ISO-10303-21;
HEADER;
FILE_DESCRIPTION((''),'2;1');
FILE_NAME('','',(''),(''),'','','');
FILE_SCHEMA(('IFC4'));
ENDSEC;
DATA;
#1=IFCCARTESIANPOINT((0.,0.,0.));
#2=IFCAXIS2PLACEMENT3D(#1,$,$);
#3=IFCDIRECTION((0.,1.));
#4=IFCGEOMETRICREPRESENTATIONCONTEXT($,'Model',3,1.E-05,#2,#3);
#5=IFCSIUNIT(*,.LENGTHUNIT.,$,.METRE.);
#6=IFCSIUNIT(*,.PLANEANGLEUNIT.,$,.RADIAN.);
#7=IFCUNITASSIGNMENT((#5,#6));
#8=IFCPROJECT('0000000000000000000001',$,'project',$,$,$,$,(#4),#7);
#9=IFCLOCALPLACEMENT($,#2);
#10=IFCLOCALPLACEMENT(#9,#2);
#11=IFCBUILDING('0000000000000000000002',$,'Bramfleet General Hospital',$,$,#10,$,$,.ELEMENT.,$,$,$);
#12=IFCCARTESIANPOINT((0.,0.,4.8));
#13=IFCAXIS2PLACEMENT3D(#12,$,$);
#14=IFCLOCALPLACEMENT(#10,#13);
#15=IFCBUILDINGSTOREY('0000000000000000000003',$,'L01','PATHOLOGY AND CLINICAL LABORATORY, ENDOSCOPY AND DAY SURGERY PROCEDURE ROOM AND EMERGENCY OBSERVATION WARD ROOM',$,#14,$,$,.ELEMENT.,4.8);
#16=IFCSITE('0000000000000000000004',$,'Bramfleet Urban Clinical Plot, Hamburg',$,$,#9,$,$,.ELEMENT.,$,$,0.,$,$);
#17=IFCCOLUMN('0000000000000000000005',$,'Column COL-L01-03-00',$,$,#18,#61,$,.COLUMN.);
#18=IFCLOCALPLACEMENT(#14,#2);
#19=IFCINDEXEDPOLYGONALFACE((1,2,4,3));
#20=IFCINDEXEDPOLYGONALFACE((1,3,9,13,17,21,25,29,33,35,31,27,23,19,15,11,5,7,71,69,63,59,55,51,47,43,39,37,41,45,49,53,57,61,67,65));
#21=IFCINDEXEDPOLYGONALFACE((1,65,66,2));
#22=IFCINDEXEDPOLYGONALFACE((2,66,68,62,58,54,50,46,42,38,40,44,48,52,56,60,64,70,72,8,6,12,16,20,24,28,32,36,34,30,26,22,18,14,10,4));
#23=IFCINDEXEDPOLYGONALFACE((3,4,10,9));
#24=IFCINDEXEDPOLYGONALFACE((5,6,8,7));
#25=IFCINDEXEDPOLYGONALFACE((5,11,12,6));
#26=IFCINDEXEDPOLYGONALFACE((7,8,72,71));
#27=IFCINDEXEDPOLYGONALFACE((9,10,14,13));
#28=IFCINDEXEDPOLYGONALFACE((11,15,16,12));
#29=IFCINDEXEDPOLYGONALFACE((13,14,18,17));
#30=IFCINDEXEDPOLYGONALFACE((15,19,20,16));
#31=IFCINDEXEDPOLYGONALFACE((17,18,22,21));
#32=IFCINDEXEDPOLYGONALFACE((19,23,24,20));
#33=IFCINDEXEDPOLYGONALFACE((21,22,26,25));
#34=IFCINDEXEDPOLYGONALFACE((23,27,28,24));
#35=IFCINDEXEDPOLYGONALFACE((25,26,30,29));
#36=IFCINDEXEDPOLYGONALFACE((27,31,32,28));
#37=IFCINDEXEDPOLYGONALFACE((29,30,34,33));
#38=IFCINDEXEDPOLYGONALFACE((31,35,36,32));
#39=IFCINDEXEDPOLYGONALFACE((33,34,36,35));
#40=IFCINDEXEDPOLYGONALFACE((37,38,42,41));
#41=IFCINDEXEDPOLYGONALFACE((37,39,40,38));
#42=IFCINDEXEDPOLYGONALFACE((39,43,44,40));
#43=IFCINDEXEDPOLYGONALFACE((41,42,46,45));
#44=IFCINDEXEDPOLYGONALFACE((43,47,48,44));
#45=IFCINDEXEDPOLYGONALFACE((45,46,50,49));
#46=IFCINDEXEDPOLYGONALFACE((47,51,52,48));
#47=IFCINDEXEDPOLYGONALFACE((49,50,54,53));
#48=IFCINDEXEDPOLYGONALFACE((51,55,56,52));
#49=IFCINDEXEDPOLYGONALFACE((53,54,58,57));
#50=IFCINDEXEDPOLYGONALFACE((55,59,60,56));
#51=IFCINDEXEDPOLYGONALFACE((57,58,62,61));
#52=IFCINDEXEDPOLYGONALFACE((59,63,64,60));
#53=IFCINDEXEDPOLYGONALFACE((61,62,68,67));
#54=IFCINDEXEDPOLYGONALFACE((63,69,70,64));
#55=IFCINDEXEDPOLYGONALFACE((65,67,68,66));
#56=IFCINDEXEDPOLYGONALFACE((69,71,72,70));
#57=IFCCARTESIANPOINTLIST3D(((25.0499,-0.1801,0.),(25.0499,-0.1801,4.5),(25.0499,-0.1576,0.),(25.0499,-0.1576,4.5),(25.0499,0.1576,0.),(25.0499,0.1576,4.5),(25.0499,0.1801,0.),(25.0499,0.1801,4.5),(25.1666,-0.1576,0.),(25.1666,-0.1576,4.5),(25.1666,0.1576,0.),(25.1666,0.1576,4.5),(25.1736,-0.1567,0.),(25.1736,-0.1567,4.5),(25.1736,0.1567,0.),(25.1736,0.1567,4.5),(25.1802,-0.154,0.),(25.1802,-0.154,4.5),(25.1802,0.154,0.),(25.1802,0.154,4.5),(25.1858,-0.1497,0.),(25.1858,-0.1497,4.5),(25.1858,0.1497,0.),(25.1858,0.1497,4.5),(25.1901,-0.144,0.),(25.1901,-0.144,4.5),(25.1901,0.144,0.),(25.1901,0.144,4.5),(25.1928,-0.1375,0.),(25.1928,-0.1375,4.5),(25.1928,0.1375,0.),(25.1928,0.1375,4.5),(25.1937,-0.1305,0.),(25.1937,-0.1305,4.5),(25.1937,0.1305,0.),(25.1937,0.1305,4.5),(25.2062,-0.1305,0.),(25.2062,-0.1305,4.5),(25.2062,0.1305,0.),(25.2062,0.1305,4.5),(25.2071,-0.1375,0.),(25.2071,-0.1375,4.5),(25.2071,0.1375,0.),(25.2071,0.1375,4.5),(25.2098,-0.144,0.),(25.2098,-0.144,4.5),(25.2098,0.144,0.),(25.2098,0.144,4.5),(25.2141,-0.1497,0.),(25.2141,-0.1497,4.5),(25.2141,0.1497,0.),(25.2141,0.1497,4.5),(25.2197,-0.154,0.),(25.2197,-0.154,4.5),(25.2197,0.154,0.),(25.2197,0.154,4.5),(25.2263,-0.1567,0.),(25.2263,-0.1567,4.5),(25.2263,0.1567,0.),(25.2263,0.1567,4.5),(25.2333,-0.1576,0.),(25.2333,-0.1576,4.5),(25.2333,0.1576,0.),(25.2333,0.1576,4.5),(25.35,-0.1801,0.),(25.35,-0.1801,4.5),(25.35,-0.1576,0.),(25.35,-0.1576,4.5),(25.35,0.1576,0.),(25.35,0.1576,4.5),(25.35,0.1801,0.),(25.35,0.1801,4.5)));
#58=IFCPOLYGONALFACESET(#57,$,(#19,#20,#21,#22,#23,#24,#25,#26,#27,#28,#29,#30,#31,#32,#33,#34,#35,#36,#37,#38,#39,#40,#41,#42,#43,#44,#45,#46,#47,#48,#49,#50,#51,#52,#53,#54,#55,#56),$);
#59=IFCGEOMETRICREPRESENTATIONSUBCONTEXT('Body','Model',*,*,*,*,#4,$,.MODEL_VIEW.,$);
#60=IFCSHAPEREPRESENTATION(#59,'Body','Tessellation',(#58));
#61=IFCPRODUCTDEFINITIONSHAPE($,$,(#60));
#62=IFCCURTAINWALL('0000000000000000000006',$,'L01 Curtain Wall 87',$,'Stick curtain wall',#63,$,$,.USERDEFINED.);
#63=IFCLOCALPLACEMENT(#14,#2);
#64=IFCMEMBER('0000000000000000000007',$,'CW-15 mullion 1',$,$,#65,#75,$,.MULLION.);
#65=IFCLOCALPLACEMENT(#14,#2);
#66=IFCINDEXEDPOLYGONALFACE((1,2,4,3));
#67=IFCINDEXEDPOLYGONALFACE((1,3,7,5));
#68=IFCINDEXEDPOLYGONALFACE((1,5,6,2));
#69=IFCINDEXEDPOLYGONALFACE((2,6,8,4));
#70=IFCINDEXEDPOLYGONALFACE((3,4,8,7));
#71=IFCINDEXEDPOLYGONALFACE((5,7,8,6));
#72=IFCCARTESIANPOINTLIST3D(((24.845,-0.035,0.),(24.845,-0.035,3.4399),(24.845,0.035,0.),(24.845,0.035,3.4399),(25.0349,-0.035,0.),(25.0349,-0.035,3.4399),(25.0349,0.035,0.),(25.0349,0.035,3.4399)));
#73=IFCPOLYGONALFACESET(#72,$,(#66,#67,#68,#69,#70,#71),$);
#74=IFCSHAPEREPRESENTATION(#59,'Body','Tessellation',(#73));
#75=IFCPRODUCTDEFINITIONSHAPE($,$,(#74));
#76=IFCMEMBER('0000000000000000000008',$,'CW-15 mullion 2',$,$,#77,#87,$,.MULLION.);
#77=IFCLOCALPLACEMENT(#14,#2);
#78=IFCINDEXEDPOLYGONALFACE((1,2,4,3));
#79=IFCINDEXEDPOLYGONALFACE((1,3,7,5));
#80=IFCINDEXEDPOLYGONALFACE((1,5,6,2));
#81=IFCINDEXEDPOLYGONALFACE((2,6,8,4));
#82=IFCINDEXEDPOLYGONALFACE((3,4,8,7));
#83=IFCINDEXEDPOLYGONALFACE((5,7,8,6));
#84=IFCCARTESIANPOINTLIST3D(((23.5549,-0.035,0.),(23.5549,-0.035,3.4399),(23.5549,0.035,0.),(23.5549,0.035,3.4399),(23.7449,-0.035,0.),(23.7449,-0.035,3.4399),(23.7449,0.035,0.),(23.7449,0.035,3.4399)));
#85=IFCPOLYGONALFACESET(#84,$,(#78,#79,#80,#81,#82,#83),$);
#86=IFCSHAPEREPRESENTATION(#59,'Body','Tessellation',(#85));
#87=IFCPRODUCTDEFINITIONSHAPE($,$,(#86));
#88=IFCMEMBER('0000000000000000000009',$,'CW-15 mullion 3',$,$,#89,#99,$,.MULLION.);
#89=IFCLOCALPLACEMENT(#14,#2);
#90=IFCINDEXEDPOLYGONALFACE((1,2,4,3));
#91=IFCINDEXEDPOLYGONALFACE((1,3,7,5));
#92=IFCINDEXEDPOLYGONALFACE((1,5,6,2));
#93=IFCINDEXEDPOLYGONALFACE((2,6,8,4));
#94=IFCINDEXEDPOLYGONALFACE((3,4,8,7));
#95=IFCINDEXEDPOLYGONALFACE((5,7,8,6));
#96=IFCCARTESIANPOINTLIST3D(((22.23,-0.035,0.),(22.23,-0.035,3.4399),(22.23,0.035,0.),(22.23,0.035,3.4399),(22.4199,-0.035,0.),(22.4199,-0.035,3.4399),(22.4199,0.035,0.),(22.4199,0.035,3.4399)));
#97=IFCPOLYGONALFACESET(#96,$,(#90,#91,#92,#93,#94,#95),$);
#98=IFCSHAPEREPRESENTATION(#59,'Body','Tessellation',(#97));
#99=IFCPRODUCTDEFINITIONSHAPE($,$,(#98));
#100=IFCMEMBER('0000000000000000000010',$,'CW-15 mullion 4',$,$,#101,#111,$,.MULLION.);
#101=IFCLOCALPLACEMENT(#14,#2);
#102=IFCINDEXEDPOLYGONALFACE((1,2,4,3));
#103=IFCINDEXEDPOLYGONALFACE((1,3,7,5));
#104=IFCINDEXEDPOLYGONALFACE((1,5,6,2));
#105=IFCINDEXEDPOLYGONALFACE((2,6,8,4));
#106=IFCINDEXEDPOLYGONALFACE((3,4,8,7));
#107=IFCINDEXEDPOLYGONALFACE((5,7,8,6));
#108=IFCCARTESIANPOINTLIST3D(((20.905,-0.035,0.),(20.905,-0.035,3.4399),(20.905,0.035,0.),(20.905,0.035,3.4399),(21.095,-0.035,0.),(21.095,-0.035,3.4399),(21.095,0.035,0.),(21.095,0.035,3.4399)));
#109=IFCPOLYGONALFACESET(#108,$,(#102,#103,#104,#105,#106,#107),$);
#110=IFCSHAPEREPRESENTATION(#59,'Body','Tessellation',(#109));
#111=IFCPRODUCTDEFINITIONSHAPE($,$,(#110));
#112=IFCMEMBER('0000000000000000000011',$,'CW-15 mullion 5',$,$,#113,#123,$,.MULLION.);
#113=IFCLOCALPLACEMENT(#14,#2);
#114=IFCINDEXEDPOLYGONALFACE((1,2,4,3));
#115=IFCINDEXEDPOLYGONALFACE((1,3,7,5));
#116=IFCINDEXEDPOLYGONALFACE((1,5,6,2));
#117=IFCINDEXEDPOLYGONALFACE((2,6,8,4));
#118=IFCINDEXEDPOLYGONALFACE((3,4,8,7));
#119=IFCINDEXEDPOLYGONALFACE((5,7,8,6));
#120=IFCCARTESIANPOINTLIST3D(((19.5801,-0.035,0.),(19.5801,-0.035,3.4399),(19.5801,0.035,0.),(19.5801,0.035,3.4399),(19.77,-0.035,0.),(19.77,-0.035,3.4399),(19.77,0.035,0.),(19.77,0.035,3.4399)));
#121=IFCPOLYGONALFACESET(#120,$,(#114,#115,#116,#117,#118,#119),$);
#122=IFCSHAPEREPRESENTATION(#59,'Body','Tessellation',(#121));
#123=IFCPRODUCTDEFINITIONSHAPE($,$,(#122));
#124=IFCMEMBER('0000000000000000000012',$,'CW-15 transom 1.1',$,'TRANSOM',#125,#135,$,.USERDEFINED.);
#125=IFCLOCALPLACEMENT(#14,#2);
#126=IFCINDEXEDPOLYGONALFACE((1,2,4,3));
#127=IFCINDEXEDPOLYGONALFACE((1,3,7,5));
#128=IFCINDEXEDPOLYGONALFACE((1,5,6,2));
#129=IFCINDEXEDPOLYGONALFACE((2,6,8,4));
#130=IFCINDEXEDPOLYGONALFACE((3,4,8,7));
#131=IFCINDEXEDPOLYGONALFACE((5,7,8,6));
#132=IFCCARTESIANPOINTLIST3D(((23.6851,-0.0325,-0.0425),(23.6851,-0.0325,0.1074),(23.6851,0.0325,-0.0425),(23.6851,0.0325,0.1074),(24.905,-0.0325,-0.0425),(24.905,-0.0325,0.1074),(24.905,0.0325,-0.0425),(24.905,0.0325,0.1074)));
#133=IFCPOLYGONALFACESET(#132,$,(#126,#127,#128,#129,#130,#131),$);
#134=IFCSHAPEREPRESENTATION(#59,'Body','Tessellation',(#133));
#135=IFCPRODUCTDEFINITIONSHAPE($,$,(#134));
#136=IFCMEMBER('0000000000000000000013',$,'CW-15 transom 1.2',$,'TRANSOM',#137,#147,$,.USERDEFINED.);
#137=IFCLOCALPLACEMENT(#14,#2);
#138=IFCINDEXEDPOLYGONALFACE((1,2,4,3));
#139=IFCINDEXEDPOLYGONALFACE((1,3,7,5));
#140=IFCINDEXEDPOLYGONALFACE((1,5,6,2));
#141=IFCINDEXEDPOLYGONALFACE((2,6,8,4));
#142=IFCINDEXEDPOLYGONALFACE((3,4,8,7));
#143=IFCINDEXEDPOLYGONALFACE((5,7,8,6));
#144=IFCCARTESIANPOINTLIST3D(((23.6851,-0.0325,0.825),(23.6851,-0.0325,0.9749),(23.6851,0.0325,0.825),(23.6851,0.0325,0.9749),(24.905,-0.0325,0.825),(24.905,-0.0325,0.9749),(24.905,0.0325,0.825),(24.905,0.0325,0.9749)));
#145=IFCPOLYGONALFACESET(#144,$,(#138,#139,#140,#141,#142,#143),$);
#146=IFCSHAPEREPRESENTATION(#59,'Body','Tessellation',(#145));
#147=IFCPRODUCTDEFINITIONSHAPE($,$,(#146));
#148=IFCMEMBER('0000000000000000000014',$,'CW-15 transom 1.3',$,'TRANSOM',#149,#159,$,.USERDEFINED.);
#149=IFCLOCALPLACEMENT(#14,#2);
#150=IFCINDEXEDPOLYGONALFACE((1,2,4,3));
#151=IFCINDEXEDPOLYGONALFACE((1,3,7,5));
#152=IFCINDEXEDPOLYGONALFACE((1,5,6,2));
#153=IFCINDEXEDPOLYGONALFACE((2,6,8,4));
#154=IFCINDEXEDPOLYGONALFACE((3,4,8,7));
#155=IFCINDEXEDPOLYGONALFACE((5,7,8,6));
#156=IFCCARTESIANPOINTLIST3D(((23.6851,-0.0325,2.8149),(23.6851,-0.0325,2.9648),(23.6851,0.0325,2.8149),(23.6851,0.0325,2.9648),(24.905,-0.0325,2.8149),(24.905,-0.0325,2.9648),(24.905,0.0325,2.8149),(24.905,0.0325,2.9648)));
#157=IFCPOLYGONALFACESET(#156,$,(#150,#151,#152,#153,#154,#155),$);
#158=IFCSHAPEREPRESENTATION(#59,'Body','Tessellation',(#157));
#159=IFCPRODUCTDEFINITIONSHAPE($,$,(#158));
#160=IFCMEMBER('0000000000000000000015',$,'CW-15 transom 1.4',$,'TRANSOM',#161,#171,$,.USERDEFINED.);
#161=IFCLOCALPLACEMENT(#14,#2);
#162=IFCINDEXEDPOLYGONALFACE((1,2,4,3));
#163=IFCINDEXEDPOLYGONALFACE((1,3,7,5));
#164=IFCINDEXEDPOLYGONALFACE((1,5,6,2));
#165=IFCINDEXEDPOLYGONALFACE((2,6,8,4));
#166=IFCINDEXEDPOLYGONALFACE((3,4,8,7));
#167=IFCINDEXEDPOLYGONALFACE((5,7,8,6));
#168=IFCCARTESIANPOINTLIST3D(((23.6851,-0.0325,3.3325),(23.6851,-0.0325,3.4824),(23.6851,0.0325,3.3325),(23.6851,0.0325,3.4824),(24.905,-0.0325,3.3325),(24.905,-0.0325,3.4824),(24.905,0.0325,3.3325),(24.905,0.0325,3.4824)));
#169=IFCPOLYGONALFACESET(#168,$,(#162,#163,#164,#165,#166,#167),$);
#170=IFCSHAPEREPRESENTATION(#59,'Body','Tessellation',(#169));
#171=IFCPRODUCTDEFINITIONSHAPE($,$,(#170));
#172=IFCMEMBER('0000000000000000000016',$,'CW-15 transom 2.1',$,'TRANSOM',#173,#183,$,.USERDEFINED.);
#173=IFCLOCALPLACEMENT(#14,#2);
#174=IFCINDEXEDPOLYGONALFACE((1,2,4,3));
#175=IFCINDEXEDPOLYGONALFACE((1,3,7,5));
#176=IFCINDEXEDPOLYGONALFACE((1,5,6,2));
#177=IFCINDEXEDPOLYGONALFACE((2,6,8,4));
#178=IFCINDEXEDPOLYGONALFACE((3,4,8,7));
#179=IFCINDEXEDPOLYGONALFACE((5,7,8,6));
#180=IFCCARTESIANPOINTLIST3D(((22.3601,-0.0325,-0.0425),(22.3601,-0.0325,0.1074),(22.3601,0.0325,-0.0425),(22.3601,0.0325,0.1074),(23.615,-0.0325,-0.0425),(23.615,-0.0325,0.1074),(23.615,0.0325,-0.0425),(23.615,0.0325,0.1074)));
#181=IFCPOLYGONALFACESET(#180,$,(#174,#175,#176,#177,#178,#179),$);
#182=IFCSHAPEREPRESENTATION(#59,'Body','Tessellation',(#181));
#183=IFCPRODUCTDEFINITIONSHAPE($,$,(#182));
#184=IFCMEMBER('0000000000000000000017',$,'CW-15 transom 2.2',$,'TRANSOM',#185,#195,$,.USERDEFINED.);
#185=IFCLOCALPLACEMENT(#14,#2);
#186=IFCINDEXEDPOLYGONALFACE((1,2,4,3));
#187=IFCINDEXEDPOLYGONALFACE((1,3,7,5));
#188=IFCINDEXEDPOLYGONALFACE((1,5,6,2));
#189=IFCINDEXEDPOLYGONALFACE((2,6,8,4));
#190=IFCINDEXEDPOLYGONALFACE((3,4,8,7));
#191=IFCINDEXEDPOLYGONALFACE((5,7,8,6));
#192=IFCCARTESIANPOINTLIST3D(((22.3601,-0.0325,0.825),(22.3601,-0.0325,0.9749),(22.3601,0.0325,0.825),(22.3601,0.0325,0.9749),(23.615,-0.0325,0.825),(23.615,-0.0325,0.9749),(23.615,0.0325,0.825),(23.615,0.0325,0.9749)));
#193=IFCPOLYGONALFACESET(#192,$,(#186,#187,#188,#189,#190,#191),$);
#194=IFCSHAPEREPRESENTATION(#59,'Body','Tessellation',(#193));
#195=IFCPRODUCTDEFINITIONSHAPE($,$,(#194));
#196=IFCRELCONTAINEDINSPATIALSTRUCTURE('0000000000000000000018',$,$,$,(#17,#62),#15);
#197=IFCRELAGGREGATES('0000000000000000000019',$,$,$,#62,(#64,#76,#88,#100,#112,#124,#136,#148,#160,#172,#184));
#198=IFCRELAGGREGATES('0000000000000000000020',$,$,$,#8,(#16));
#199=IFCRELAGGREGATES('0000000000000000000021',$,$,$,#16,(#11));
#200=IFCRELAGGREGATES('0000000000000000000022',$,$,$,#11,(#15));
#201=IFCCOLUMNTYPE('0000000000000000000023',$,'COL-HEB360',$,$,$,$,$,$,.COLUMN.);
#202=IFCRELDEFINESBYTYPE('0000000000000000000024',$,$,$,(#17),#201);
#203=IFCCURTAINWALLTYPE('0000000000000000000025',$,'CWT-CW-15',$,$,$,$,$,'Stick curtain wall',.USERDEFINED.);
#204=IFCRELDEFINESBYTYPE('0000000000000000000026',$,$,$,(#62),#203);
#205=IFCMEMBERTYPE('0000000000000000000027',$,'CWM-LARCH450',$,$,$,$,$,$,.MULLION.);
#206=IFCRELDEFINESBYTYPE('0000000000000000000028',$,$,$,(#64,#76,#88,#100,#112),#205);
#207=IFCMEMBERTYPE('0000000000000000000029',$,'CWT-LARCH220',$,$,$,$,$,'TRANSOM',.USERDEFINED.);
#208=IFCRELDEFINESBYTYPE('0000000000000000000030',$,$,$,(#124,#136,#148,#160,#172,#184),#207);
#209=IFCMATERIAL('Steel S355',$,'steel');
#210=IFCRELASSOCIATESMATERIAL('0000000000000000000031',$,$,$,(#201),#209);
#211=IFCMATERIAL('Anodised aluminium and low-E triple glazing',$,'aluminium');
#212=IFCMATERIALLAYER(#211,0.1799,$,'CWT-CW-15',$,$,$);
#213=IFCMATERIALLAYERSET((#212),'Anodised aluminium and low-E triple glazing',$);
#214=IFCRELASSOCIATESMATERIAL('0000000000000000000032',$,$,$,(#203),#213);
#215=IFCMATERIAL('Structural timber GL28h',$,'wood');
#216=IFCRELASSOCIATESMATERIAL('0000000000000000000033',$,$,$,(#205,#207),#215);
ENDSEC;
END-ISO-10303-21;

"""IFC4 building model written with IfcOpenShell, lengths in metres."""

from ifc_helpers import new_model, si_unit, direction, frame, origin, origin_2d, place, context, subcontext, project, spatial, rectangle, i_section, extrude, material, layer, layer_set, material_profile, profile_set, type_object, element, aggregate, save


model = new_model("IFC4")

# Units and contexts
model_context = context("Model", 3, precision=1e-05, world=origin(), true_north=direction((0.0, 1.0)))
body_context = subcontext(model_context, "Body", "Model", "MODEL_VIEW")
ifc_project = project(units=[si_unit("LENGTHUNIT", "METRE"), si_unit("PLANEANGLEUNIT", "RADIAN")], contexts=[model_context])

# Site, building, storey
site_placement = place(None, origin())
site = spatial("IfcSite", under=ifc_project, at=site_placement, Name="Bramfleet Urban Clinical Plot, Hamburg", CompositionType="ELEMENT", RefElevation=0.0)
building_placement = place(site_placement, origin())
building = spatial("IfcBuilding", under=site, at=building_placement, Name="Bramfleet General Hospital", CompositionType="ELEMENT")
storey_placement = place(building_placement, frame((0.0, 0.0, 4.8)))
storey = spatial("IfcBuildingStorey", under=building, at=storey_placement, Name="L01", Description="PATHOLOGY AND CLINICAL LABORATORY, ENDOSCOPY AND DAY SURGERY PROCEDURE ROOM AND EMERGENCY OBSERVATION WARD ROOM", CompositionType="ELEMENT", Elevation=4.8)

# Column
ifc_material_1 = material(Name="Steel S355", Category="steel")
ifc_material_profile_1 = material_profile(ifc_material_1, i_section(OverallWidth=0.3, OverallDepth=0.3601, WebThickness=0.0125, FlangeThickness=0.0225, FilletRadius=0.0271, at=origin_2d()), Name="HEB 360")
ifc_profile_set_1 = profile_set([ifc_material_profile_1], Name="Steel S355")
column_type = type_object("IfcColumnType", Name="COL-HEB360", PredefinedType="COLUMN", material=ifc_profile_set_1)
column_placement = place(storey_placement, frame((25.2, 0.0, 0.0), z_axis=(0.0, 0.0, 1.0), x_axis=(1.0, 0.0, 0.0)))
element("IfcColumn", 1, at=column_placement, inside=storey, type_object=column_type, Name="Column COL-L01-03-00", PredefinedType="COLUMN", context=body_context, shape_type="SweptSolid", body=[
    extrude(i_section(OverallWidth=0.3, OverallDepth=0.3601, WebThickness=0.0125, FlangeThickness=0.0225, FilletRadius=0.0271, at=origin_2d()), origin(), (0.0, 0.0, 1.0), 4.5),
])

# Curtain wall, members
ifc_material_2 = material(Name="Anodised aluminium and low-E triple glazing", Category="aluminium")
ifc_layer_1 = layer(ifc_material_2, 0.1799, Name="CWT-CW-15")
ifc_layer_set_1 = layer_set([ifc_layer_1], Name="Anodised aluminium and low-E triple glazing")
curtain_wall_type = type_object("IfcCurtainWallType", Name="CWT-CW-15", ElementType="Stick curtain wall", PredefinedType="USERDEFINED", material=ifc_layer_set_1)
curtain_wall_placement = place(storey_placement, origin())
curtain_wall = element("IfcCurtainWall", 2, at=curtain_wall_placement, inside=storey, type_object=curtain_wall_type, Name="L01 Curtain Wall 87", ObjectType="Stick curtain wall", PredefinedType="USERDEFINED")
ifc_material_3 = material(Name="Structural timber GL28h", Category="wood")
ifc_material_profile_2 = material_profile(ifc_material_3, rectangle(XDim=0.0701, YDim=0.1899, at=origin_2d()), Name="LARCH 190x70")
ifc_profile_set_2 = profile_set([ifc_material_profile_2], Name="Structural timber GL28h")
member_type_1 = type_object("IfcMemberType", Name="CWM-LARCH450", PredefinedType="MULLION", material=ifc_profile_set_2)
member_1_placement = place(storey_placement, frame((24.9399, 0.0, 0.0), z_axis=(0.0, 0.0, 1.0), x_axis=(0.0, -1.0, 0.0)))
member_1 = element("IfcMember", 3, at=member_1_placement, type_object=member_type_1, Name="CW-15 mullion 1", PredefinedType="MULLION", context=body_context, shape_type="SweptSolid", body=[
    extrude(rectangle(XDim=0.0701, YDim=0.1899, at=origin_2d()), origin(), (0.0, 0.0, 1.0), 3.4399),
])
member_2_placement = place(storey_placement, frame((23.6499, 0.0, 0.0), z_axis=(0.0, 0.0, 1.0), x_axis=(0.0, -1.0, 0.0)))
member_2 = element("IfcMember", 4, at=member_2_placement, type_object=member_type_1, Name="CW-15 mullion 2", PredefinedType="MULLION", context=body_context, shape_type="SweptSolid", body=[
    extrude(rectangle(XDim=0.0701, YDim=0.1899, at=origin_2d()), origin(), (0.0, 0.0, 1.0), 3.4399),
])
member_3_placement = place(storey_placement, frame((22.325, 0.0, 0.0), z_axis=(0.0, 0.0, 1.0), x_axis=(0.0, -1.0, 0.0)))
member_3 = element("IfcMember", 5, at=member_3_placement, type_object=member_type_1, Name="CW-15 mullion 3", PredefinedType="MULLION", context=body_context, shape_type="SweptSolid", body=[
    extrude(rectangle(XDim=0.0701, YDim=0.1899, at=origin_2d()), origin(), (0.0, 0.0, 1.0), 3.4399),
])
member_4_placement = place(storey_placement, frame((21.0, 0.0, 0.0), z_axis=(0.0, 0.0, 1.0), x_axis=(0.0, -1.0, 0.0)))
member_4 = element("IfcMember", 6, at=member_4_placement, type_object=member_type_1, Name="CW-15 mullion 4", PredefinedType="MULLION", context=body_context, shape_type="SweptSolid", body=[
    extrude(rectangle(XDim=0.0701, YDim=0.1899, at=origin_2d()), origin(), (0.0, 0.0, 1.0), 3.4399),
])
member_5_placement = place(storey_placement, frame((19.675, 0.0, 0.0), z_axis=(0.0, 0.0, 1.0), x_axis=(0.0, -1.0, 0.0)))
member_5 = element("IfcMember", 7, at=member_5_placement, type_object=member_type_1, Name="CW-15 mullion 5", PredefinedType="MULLION", context=body_context, shape_type="SweptSolid", body=[
    extrude(rectangle(XDim=0.0701, YDim=0.1899, at=origin_2d()), origin(), (0.0, 0.0, 1.0), 3.4399),
])
ifc_material_profile_3 = material_profile(ifc_material_3, rectangle(XDim=0.0649, YDim=0.1499, at=origin_2d()), Name="LARCH 150x65")
ifc_profile_set_3 = profile_set([ifc_material_profile_3], Name="Structural timber GL28h")
member_type_2 = type_object("IfcMemberType", Name="CWT-LARCH220", ElementType="TRANSOM", PredefinedType="USERDEFINED", material=ifc_profile_set_3)
member_6_placement = place(storey_placement, frame((24.905, 0.0, 0.0325), z_axis=(-1.0, 0.0, 0.0), x_axis=(0.0, -1.0, 0.0)))
member_6 = element("IfcMember", 8, at=member_6_placement, type_object=member_type_2, Name="CW-15 transom 1.1", ObjectType="TRANSOM", PredefinedType="USERDEFINED", context=body_context, shape_type="SweptSolid", body=[
    extrude(rectangle(XDim=0.0649, YDim=0.1499, at=origin_2d()), origin(), (0.0, 0.0, 1.0), 1.22),
])
member_7_placement = place(storey_placement, frame((24.905, 0.0, 0.8999), z_axis=(-1.0, 0.0, 0.0), x_axis=(0.0, -1.0, 0.0)))
member_7 = element("IfcMember", 9, at=member_7_placement, type_object=member_type_2, Name="CW-15 transom 1.2", ObjectType="TRANSOM", PredefinedType="USERDEFINED", context=body_context, shape_type="SweptSolid", body=[
    extrude(rectangle(XDim=0.0649, YDim=0.1499, at=origin_2d()), origin(), (0.0, 0.0, 1.0), 1.22),
])
member_8_placement = place(storey_placement, frame((24.905, 0.0, 2.8899), z_axis=(-1.0, 0.0, 0.0), x_axis=(0.0, -1.0, 0.0)))
member_8 = element("IfcMember", 10, at=member_8_placement, type_object=member_type_2, Name="CW-15 transom 1.3", ObjectType="TRANSOM", PredefinedType="USERDEFINED", context=body_context, shape_type="SweptSolid", body=[
    extrude(rectangle(XDim=0.0649, YDim=0.1499, at=origin_2d()), origin(), (0.0, 0.0, 1.0), 1.22),
])
member_9_placement = place(storey_placement, frame((24.905, 0.0, 3.4075), z_axis=(-1.0, 0.0, 0.0), x_axis=(0.0, -1.0, 0.0)))
member_9 = element("IfcMember", 11, at=member_9_placement, type_object=member_type_2, Name="CW-15 transom 1.4", ObjectType="TRANSOM", PredefinedType="USERDEFINED", context=body_context, shape_type="SweptSolid", body=[
    extrude(rectangle(XDim=0.0649, YDim=0.1499, at=origin_2d()), origin(), (0.0, 0.0, 1.0), 1.22),
])
member_10_placement = place(storey_placement, frame((23.615, 0.0, 0.0325), z_axis=(-1.0, 0.0, 0.0), x_axis=(0.0, -1.0, 0.0)))
member_10 = element("IfcMember", 12, at=member_10_placement, type_object=member_type_2, Name="CW-15 transom 2.1", ObjectType="TRANSOM", PredefinedType="USERDEFINED", context=body_context, shape_type="SweptSolid", body=[
    extrude(rectangle(XDim=0.0649, YDim=0.1499, at=origin_2d()), origin(), (0.0, 0.0, 1.0), 1.2549),
])
member_11_placement = place(storey_placement, frame((23.615, 0.0, 0.8999), z_axis=(-1.0, 0.0, 0.0), x_axis=(0.0, -1.0, 0.0)))
member_11 = element("IfcMember", 13, at=member_11_placement, type_object=member_type_2, Name="CW-15 transom 2.2", ObjectType="TRANSOM", PredefinedType="USERDEFINED", context=body_context, shape_type="SweptSolid", body=[
    extrude(rectangle(XDim=0.0649, YDim=0.1499, at=origin_2d()), origin(), (0.0, 0.0, 1.0), 1.2549),
])
aggregate(curtain_wall, [member_1, member_2, member_3, member_4, member_5, member_6, member_7, member_8, member_9, member_10, member_11])

save(model, "model.ifc")
